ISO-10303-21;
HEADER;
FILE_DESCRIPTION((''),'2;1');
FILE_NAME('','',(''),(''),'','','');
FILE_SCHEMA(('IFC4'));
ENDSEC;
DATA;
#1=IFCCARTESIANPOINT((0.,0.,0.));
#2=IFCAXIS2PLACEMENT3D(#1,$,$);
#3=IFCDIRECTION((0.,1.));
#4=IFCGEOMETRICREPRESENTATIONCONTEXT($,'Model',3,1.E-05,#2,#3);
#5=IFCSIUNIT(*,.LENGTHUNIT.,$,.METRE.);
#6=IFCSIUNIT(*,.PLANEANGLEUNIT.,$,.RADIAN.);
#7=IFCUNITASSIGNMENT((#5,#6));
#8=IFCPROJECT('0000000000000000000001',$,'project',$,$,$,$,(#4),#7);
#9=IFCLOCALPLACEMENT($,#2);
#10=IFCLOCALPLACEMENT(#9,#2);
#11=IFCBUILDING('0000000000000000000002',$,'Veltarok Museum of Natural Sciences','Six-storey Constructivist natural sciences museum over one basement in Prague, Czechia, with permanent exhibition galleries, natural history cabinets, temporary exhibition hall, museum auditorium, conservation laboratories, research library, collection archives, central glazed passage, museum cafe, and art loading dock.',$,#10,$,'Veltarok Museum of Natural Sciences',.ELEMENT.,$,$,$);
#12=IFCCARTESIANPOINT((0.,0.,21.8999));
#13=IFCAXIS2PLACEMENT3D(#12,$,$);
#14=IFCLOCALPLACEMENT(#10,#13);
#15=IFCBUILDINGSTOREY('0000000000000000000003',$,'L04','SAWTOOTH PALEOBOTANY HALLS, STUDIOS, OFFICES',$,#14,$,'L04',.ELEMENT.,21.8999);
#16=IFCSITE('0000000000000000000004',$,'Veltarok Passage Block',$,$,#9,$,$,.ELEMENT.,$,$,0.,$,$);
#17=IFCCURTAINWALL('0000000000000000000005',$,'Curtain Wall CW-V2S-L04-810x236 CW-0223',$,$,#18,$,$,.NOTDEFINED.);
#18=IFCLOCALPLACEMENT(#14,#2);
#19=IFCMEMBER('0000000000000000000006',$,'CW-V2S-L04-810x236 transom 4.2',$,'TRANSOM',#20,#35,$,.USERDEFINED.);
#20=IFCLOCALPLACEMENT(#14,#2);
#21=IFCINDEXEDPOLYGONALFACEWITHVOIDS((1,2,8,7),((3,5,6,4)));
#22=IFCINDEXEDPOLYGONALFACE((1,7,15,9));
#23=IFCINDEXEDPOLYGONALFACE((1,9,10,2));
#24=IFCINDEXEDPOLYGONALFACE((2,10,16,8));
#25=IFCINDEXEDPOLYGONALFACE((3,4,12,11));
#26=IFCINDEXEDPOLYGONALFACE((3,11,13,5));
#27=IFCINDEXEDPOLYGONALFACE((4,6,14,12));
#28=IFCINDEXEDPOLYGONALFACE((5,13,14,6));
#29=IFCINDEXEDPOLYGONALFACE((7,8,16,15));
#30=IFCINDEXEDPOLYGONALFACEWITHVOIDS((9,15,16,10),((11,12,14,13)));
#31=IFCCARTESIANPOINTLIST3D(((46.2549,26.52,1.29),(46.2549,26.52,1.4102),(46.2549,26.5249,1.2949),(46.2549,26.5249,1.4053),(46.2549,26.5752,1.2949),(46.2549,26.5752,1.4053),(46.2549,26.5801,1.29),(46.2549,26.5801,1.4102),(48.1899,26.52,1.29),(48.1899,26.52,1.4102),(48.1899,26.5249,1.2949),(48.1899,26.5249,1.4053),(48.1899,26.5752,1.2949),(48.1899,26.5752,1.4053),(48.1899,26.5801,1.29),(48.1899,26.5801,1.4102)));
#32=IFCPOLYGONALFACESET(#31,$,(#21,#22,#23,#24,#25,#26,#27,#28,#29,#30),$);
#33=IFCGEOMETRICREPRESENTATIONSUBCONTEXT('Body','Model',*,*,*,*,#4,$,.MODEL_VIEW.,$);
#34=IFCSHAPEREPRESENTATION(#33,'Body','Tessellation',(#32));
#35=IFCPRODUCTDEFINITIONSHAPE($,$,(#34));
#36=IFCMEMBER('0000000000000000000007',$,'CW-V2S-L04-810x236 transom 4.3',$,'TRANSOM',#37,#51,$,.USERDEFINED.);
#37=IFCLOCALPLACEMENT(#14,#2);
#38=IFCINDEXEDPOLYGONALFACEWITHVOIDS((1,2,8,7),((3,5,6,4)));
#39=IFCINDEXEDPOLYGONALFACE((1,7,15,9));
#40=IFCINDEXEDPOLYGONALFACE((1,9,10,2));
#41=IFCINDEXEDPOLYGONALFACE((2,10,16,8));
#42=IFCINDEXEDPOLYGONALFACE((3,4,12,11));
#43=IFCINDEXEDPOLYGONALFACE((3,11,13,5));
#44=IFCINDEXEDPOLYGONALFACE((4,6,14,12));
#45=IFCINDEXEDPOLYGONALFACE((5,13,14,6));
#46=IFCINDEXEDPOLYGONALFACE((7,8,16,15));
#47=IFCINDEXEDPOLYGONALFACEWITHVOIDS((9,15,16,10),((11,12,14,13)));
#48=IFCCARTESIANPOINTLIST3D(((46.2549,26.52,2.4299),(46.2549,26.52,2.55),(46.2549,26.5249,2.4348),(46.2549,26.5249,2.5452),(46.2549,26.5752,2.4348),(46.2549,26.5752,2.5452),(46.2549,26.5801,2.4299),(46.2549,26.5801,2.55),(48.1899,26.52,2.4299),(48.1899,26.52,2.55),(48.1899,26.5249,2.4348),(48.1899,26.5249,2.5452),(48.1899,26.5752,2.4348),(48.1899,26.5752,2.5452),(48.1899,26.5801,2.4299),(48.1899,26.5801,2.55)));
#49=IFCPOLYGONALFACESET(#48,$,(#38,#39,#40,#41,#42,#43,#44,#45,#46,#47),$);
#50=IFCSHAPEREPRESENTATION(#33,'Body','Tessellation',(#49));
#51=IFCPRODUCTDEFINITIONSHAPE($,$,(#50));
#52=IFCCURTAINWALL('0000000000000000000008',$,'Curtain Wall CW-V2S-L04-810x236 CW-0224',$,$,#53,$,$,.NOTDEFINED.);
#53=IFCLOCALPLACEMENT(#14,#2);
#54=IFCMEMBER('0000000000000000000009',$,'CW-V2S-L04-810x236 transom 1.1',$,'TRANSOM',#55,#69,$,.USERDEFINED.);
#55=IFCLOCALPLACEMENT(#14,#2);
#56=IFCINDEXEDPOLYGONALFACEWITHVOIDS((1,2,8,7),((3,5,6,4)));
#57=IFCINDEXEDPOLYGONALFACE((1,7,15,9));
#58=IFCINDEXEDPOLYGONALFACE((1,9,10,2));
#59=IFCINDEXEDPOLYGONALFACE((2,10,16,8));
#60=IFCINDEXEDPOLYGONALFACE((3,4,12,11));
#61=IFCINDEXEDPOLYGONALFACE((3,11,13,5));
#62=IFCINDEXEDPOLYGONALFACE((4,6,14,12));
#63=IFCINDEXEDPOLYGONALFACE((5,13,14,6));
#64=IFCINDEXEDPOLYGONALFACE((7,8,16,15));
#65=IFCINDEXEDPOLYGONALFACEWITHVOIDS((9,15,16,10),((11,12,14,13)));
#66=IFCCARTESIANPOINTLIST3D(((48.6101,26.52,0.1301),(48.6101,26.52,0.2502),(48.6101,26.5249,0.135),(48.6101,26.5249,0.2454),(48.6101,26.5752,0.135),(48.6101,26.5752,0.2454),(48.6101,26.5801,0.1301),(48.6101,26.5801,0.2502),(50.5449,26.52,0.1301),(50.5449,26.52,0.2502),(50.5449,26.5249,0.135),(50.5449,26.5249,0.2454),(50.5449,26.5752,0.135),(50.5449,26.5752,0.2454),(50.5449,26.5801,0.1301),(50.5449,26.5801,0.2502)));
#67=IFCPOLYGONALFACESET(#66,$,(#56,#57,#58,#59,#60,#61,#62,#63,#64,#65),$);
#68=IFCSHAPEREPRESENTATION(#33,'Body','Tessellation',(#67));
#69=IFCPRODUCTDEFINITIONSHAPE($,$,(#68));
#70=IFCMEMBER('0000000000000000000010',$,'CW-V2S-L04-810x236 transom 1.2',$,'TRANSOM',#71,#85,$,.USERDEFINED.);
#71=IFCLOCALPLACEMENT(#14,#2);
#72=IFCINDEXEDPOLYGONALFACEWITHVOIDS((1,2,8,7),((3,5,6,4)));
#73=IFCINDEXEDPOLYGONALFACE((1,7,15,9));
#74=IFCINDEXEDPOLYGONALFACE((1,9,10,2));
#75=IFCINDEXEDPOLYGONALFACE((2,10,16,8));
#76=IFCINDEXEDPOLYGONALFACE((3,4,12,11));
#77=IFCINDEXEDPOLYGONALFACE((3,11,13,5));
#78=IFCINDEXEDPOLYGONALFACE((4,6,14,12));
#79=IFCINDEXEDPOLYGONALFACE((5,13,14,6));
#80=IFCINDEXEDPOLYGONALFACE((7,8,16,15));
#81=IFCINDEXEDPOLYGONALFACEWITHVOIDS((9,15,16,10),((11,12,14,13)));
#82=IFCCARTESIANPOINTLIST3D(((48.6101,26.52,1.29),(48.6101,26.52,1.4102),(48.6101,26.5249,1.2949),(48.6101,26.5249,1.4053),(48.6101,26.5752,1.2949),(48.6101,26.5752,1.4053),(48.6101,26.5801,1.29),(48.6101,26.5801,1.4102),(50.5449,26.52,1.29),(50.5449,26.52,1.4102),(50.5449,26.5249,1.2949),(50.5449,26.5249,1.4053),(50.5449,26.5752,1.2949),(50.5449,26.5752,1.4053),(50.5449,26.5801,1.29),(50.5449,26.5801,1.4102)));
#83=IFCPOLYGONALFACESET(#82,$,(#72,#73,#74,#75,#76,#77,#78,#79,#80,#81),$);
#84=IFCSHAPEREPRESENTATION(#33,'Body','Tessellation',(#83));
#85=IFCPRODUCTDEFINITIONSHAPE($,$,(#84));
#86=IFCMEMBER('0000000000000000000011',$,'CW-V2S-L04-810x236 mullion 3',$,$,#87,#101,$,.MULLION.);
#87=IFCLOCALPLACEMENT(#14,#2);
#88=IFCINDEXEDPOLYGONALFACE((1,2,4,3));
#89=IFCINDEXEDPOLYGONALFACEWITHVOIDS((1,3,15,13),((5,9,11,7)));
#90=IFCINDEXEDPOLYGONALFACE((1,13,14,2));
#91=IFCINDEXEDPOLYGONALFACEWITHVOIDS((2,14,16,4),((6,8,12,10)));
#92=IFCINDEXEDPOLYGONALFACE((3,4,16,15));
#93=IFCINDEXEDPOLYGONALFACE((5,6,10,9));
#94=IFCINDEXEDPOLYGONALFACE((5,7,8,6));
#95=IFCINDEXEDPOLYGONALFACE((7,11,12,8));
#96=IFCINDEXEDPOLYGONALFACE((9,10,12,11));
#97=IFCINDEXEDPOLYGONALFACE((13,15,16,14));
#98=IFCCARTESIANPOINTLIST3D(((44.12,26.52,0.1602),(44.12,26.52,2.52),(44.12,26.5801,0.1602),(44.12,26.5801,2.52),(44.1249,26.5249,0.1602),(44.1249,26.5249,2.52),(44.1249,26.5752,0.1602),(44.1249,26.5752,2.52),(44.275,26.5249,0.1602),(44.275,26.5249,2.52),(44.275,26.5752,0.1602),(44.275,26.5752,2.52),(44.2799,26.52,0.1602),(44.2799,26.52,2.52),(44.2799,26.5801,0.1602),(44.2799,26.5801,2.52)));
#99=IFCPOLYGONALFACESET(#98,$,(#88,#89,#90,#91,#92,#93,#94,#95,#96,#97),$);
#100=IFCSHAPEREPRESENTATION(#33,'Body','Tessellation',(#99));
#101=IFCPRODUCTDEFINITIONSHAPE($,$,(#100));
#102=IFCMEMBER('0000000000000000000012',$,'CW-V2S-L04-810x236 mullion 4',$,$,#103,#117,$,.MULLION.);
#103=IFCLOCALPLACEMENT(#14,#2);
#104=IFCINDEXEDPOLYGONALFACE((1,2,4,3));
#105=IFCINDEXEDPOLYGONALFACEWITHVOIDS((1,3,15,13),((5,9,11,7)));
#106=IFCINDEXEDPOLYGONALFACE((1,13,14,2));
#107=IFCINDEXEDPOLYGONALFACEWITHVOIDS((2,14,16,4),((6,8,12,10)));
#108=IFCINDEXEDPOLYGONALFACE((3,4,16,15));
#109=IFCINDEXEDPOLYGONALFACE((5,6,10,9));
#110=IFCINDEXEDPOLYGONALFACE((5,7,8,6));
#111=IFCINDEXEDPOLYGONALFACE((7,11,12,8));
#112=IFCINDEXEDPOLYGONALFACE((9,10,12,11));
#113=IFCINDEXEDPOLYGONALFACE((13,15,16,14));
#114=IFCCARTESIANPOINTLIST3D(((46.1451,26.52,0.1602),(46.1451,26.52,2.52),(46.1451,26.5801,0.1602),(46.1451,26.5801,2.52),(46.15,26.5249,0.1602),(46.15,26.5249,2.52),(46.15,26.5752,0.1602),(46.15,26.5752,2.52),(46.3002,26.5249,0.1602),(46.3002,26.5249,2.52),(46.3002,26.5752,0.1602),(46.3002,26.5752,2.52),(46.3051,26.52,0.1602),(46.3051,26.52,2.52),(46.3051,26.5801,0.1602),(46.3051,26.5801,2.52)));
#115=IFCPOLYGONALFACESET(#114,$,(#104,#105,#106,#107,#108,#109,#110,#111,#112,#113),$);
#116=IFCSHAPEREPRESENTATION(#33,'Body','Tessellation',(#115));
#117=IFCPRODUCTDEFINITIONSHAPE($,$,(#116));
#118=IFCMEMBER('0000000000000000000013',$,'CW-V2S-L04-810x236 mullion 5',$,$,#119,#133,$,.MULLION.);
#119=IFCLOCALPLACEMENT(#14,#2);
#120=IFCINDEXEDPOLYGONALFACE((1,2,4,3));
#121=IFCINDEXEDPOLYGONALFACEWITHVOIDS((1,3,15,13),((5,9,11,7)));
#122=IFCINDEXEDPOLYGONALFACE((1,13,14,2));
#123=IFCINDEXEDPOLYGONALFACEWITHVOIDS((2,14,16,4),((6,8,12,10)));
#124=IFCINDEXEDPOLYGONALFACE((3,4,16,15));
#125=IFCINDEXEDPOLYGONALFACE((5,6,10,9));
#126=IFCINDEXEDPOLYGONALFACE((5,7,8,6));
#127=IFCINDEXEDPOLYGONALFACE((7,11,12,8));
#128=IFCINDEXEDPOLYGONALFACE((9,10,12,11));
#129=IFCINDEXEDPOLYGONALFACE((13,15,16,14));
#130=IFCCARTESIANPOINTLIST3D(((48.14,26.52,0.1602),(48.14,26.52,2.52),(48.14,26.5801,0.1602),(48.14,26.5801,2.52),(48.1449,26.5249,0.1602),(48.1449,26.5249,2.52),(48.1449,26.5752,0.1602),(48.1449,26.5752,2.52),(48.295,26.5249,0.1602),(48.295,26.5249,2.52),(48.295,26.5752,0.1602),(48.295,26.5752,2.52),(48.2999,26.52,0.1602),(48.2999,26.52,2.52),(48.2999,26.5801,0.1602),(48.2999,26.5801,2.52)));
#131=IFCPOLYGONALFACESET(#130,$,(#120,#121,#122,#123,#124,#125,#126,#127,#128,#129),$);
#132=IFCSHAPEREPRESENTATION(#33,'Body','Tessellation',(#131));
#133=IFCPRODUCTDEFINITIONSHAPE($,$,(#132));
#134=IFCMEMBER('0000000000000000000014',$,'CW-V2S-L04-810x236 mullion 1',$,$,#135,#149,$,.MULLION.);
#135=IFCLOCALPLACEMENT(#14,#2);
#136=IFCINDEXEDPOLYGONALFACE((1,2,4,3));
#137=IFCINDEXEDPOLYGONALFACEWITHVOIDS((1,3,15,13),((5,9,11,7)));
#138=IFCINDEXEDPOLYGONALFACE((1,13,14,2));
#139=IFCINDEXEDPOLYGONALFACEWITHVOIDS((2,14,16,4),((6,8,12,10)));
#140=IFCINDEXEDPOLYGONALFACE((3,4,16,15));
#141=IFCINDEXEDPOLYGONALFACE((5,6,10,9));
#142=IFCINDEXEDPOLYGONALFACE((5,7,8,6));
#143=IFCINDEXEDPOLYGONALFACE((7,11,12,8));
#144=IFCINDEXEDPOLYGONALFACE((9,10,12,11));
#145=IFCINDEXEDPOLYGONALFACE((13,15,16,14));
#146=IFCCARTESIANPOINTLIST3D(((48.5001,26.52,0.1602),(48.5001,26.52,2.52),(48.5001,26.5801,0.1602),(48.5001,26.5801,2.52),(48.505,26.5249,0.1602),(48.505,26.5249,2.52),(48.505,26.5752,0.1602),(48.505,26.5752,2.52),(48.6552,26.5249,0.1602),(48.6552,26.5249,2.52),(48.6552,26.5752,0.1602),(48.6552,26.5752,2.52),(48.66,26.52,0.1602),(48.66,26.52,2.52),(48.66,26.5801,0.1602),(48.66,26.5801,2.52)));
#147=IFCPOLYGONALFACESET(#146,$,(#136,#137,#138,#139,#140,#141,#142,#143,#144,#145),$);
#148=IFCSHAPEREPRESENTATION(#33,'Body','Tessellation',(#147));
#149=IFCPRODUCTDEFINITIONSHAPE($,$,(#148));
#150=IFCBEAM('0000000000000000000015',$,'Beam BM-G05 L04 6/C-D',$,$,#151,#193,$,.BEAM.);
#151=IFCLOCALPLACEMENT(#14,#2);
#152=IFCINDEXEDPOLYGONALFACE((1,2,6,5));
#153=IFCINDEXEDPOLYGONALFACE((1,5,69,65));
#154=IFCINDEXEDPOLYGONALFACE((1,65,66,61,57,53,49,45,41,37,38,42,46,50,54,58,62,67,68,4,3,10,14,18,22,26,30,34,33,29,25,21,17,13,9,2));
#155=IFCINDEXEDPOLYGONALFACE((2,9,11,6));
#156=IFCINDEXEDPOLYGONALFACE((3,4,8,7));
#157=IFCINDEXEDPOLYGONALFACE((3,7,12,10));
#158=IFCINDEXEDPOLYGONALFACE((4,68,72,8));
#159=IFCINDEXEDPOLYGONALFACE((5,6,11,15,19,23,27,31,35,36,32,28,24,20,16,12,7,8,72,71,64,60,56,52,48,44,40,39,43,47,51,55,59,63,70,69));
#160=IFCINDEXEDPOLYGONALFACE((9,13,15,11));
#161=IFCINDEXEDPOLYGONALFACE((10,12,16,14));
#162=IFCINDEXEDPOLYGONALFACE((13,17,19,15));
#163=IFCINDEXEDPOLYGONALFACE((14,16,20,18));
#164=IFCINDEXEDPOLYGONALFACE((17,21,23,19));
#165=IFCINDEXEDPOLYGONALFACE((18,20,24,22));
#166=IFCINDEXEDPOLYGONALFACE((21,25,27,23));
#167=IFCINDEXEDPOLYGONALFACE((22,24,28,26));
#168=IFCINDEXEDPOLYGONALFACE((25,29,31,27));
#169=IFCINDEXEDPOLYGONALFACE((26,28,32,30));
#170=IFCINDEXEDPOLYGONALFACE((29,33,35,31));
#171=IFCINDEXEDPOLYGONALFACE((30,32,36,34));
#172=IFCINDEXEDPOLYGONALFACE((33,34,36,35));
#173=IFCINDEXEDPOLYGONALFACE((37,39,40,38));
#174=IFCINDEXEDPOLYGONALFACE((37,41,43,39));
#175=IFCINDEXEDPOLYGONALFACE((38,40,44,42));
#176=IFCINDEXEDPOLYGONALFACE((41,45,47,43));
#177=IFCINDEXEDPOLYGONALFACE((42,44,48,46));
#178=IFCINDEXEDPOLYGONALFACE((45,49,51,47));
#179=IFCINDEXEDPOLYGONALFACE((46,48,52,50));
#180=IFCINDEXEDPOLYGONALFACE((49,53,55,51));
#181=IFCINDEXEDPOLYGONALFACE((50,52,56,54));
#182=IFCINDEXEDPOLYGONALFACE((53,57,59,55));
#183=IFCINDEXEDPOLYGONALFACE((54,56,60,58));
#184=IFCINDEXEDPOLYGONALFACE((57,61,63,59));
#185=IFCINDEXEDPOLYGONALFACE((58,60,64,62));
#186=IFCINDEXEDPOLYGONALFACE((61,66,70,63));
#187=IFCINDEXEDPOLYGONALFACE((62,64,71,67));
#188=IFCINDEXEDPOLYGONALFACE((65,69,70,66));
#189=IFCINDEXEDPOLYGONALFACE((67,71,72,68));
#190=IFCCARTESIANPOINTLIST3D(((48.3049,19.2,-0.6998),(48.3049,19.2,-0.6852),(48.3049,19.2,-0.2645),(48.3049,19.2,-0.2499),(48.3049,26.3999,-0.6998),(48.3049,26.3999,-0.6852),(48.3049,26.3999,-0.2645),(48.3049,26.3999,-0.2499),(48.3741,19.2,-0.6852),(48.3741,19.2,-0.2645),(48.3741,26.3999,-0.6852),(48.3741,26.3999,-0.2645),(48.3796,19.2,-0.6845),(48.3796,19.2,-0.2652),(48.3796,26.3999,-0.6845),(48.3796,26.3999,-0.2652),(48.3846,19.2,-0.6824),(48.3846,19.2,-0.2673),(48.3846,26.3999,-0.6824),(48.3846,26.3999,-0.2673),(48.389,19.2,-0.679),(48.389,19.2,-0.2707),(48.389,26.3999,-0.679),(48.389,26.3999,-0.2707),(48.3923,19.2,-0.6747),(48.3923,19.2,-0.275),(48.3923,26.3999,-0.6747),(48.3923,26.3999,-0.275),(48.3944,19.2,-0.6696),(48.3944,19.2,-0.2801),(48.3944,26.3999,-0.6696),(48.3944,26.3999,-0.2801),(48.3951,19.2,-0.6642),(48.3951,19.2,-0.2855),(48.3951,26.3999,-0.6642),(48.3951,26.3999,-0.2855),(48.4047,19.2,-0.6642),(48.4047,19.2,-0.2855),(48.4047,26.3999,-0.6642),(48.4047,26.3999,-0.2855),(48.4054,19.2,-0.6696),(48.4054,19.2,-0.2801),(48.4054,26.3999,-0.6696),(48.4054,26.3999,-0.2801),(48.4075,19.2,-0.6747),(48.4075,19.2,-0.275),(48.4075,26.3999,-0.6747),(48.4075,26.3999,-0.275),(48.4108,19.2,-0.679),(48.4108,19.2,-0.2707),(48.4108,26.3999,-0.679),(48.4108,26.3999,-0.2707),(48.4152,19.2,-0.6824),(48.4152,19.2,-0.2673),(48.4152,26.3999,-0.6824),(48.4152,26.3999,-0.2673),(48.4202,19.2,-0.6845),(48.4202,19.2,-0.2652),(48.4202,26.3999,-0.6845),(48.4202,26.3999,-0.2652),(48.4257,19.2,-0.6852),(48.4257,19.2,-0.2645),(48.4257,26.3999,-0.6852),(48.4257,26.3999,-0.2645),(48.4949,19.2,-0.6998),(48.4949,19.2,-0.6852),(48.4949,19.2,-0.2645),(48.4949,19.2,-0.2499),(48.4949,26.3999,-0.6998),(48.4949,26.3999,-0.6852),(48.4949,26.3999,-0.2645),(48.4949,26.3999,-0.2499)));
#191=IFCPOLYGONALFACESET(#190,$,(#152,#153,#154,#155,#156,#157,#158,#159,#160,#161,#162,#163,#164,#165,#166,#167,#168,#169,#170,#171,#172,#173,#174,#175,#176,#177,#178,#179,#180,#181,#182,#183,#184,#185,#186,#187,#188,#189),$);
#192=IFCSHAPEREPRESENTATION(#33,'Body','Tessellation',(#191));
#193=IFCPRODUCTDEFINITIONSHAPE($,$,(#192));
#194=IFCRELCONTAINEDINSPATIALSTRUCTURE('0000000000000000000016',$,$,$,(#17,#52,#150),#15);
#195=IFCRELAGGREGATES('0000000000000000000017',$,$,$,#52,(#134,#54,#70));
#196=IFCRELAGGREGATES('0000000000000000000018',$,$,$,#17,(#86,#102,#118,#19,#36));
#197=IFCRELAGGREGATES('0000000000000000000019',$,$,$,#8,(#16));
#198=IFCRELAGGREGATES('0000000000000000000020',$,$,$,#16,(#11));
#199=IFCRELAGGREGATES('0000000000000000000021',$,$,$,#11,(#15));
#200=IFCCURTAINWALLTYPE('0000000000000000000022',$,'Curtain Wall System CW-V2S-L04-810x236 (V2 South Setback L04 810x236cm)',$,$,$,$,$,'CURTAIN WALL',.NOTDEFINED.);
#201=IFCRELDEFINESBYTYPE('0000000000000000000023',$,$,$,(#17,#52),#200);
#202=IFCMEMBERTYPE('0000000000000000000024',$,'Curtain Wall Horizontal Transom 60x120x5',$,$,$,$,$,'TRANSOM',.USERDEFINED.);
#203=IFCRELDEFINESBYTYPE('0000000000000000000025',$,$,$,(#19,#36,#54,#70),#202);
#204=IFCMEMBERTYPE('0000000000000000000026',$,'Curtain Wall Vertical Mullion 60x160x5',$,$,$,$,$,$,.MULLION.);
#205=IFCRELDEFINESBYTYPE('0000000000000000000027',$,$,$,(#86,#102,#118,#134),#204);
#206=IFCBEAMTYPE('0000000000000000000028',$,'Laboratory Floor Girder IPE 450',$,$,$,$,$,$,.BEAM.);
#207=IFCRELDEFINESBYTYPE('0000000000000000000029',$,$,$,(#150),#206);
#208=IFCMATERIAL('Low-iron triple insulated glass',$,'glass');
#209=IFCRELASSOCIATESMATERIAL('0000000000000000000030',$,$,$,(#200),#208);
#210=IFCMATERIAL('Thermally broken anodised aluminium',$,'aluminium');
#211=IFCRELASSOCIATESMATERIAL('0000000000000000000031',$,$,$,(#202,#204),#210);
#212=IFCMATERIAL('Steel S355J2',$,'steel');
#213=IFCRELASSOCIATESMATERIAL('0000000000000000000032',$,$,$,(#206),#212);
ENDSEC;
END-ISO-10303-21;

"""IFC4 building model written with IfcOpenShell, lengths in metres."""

from ifc_helpers import new_model, si_unit, direction, frame, origin, origin_2d, place, context, subcontext, project, spatial, hollow_rectangle, i_section, extrude, material, material_profile, profile_set, type_object, element, aggregate, save


model = new_model("IFC4")

# Units and contexts
model_context = context("Model", 3, precision=1e-05, world=origin(), true_north=direction((0.0, 1.0)))
body_context = subcontext(model_context, "Body", "Model", "MODEL_VIEW")
ifc_project = project(units=[si_unit("LENGTHUNIT", "METRE"), si_unit("PLANEANGLEUNIT", "RADIAN")], contexts=[model_context])

# Site, building, storey
site_placement = place(None, origin())
site = spatial("IfcSite", under=ifc_project, at=site_placement, Name="Veltarok Passage Block", CompositionType="ELEMENT", RefElevation=0.0)
building_placement = place(site_placement, origin())
building = spatial("IfcBuilding", under=site, at=building_placement, Name="Veltarok Museum of Natural Sciences", Description="Six-storey Constructivist natural sciences museum over one basement in Prague, Czechia, with permanent exhibition galleries, natural history cabinets, temporary exhibition hall, museum auditorium, conservation laboratories, research library, collection archives, central glazed passage, museum cafe, and art loading dock.", LongName="Veltarok Museum of Natural Sciences", CompositionType="ELEMENT")
storey_placement = place(building_placement, frame((0.0, 0.0, 21.8999)))
storey = spatial("IfcBuildingStorey", under=building, at=storey_placement, Name="L04", Description="SAWTOOTH PALEOBOTANY HALLS, STUDIOS, OFFICES", LongName="L04", CompositionType="ELEMENT", Elevation=21.8999)

# Shared definitions
ifc_material_1 = material(Name="Steel S355J2", Category="steel")

# Curtain walls, members
ifc_material_2 = material(Name="Low-iron triple insulated glass", Category="glass")
curtain_wall_type = type_object("IfcCurtainWallType", Name="Curtain Wall System CW-V2S-L04-810x236 (V2 South Setback L04 810x236cm)", ElementType="CURTAIN WALL", PredefinedType="NOTDEFINED", material=ifc_material_2)
curtain_wall_1_placement = place(storey_placement, origin())
curtain_wall_1 = element("IfcCurtainWall", 1, at=curtain_wall_1_placement, inside=storey, type_object=curtain_wall_type, Name="Curtain Wall CW-V2S-L04-810x236 CW-0223", PredefinedType="NOTDEFINED")
ifc_material_3 = material(Name="Thermally broken anodised aluminium", Category="aluminium")
ifc_material_profile_1 = material_profile(ifc_material_3, hollow_rectangle(XDim=0.0601, YDim=0.1201, WallThickness=0.0049, at=origin_2d()), Name="CW TRANSOM 60x120x5")
ifc_profile_set_1 = profile_set([ifc_material_profile_1], Name="Thermally broken anodised aluminium")
member_type_1 = type_object("IfcMemberType", Name="Curtain Wall Horizontal Transom 60x120x5", ElementType="TRANSOM", PredefinedType="USERDEFINED", material=ifc_profile_set_1)
member_1_placement = place(storey_placement, frame((46.2549, 26.55, 1.3501), z_axis=(1.0, 0.0, 0.0), x_axis=(0.0, 1.0, 0.0)))
member_1 = element("IfcMember", 2, at=member_1_placement, type_object=member_type_1, Name="CW-V2S-L04-810x236 transom 4.2", ObjectType="TRANSOM", PredefinedType="USERDEFINED", context=body_context, shape_type="SweptSolid", body=[
    extrude(hollow_rectangle(XDim=0.0601, YDim=0.1201, WallThickness=0.0049, at=origin_2d()), origin(), (0.0, 0.0, 1.0), 1.9351),
])
member_2_placement = place(storey_placement, frame((46.2549, 26.55, 2.49), z_axis=(1.0, 0.0, 0.0), x_axis=(0.0, 1.0, 0.0)))
member_2 = element("IfcMember", 3, at=member_2_placement, type_object=member_type_1, Name="CW-V2S-L04-810x236 transom 4.3", ObjectType="TRANSOM", PredefinedType="USERDEFINED", context=body_context, shape_type="SweptSolid", body=[
    extrude(hollow_rectangle(XDim=0.0601, YDim=0.1201, WallThickness=0.0049, at=origin_2d()), origin(), (0.0, 0.0, 1.0), 1.9351),
])
curtain_wall_2_placement = place(storey_placement, origin())
curtain_wall_2 = element("IfcCurtainWall", 4, at=curtain_wall_2_placement, inside=storey, type_object=curtain_wall_type, Name="Curtain Wall CW-V2S-L04-810x236 CW-0224", PredefinedType="NOTDEFINED")
member_3_placement = place(storey_placement, frame((48.6101, 26.55, 0.1902), z_axis=(1.0, 0.0, 0.0), x_axis=(0.0, 1.0, 0.0)))
member_3 = element("IfcMember", 5, at=member_3_placement, type_object=member_type_1, Name="CW-V2S-L04-810x236 transom 1.1", ObjectType="TRANSOM", PredefinedType="USERDEFINED", context=body_context, shape_type="SweptSolid", body=[
    extrude(hollow_rectangle(XDim=0.0601, YDim=0.1201, WallThickness=0.0049, at=origin_2d()), origin(), (0.0, 0.0, 1.0), 1.9348),
])
member_4_placement = place(storey_placement, frame((48.6101, 26.55, 1.3501), z_axis=(1.0, 0.0, 0.0), x_axis=(0.0, 1.0, 0.0)))
member_4 = element("IfcMember", 6, at=member_4_placement, type_object=member_type_1, Name="CW-V2S-L04-810x236 transom 1.2", ObjectType="TRANSOM", PredefinedType="USERDEFINED", context=body_context, shape_type="SweptSolid", body=[
    extrude(hollow_rectangle(XDim=0.0601, YDim=0.1201, WallThickness=0.0049, at=origin_2d()), origin(), (0.0, 0.0, 1.0), 1.9348),
])

# Members
ifc_material_profile_2 = material_profile(ifc_material_3, hollow_rectangle(XDim=0.0601, YDim=0.1599, WallThickness=0.0049, at=origin_2d()), Name="CW MULLION 60x160x5")
ifc_profile_set_2 = profile_set([ifc_material_profile_2], Name="Thermally broken anodised aluminium")
member_type_2 = type_object("IfcMemberType", Name="Curtain Wall Vertical Mullion 60x160x5", PredefinedType="MULLION", material=ifc_profile_set_2)
member_5_placement = place(storey_placement, frame((44.2, 26.55, 0.1602), z_axis=(0.0, 0.0, 1.0), x_axis=(0.0, 1.0, 0.0)))
member_5 = element("IfcMember", 7, at=member_5_placement, type_object=member_type_2, Name="CW-V2S-L04-810x236 mullion 3", PredefinedType="MULLION", context=body_context, shape_type="SweptSolid", body=[
    extrude(hollow_rectangle(XDim=0.0601, YDim=0.1599, WallThickness=0.0049, at=origin_2d()), origin(), (0.0, 0.0, 1.0), 2.3599),
])
member_6_placement = place(storey_placement, frame((46.2251, 26.55, 0.1602), z_axis=(0.0, 0.0, 1.0), x_axis=(0.0, 1.0, 0.0)))
member_6 = element("IfcMember", 8, at=member_6_placement, type_object=member_type_2, Name="CW-V2S-L04-810x236 mullion 4", PredefinedType="MULLION", context=body_context, shape_type="SweptSolid", body=[
    extrude(hollow_rectangle(XDim=0.0601, YDim=0.1599, WallThickness=0.0049, at=origin_2d()), origin(), (0.0, 0.0, 1.0), 2.3599),
])
member_7_placement = place(storey_placement, frame((48.22, 26.55, 0.1602), z_axis=(0.0, 0.0, 1.0), x_axis=(0.0, 1.0, 0.0)))
member_7 = element("IfcMember", 9, at=member_7_placement, type_object=member_type_2, Name="CW-V2S-L04-810x236 mullion 5", PredefinedType="MULLION", context=body_context, shape_type="SweptSolid", body=[
    extrude(hollow_rectangle(XDim=0.0601, YDim=0.1599, WallThickness=0.0049, at=origin_2d()), origin(), (0.0, 0.0, 1.0), 2.3599),
])
member_8_placement = place(storey_placement, frame((48.5801, 26.55, 0.1602), z_axis=(0.0, 0.0, 1.0), x_axis=(0.0, 1.0, 0.0)))
member_8 = element("IfcMember", 10, at=member_8_placement, type_object=member_type_2, Name="CW-V2S-L04-810x236 mullion 1", PredefinedType="MULLION", context=body_context, shape_type="SweptSolid", body=[
    extrude(hollow_rectangle(XDim=0.0601, YDim=0.1599, WallThickness=0.0049, at=origin_2d()), origin(), (0.0, 0.0, 1.0), 2.3599),
])
aggregate(curtain_wall_2, [member_8, member_3, member_4])

# Beam
ifc_material_profile_3 = material_profile(ifc_material_1, i_section(OverallWidth=0.1899, OverallDepth=0.45, WebThickness=0.0095, FlangeThickness=0.0146, FilletRadius=0.021, at=origin_2d()), Name="IPE 450")
ifc_profile_set_3 = profile_set([ifc_material_profile_3], Name="Steel S355J2")
beam_type_1 = type_object("IfcBeamType", Name="Laboratory Floor Girder IPE 450", PredefinedType="BEAM", material=ifc_profile_set_3)
beam_1_placement = place(storey_placement, frame((48.3999, 19.2, -0.4749), z_axis=(0.0, 1.0, 0.0), x_axis=(-1.0, 0.0, 0.0)))
element("IfcBeam", 11, at=beam_1_placement, inside=storey, type_object=beam_type_1, Name="Beam BM-G05 L04 6/C-D", PredefinedType="BEAM", context=body_context, shape_type="SweptSolid", body=[
    extrude(i_section(OverallWidth=0.1899, OverallDepth=0.45, WebThickness=0.0095, FlangeThickness=0.0146, FilletRadius=0.021, at=origin_2d()), origin(), (0.0, 0.0, 1.0), 7.2),
])

aggregate(curtain_wall_1, [member_5, member_6, member_7, member_1, member_2])

save(model, "model.ifc")
